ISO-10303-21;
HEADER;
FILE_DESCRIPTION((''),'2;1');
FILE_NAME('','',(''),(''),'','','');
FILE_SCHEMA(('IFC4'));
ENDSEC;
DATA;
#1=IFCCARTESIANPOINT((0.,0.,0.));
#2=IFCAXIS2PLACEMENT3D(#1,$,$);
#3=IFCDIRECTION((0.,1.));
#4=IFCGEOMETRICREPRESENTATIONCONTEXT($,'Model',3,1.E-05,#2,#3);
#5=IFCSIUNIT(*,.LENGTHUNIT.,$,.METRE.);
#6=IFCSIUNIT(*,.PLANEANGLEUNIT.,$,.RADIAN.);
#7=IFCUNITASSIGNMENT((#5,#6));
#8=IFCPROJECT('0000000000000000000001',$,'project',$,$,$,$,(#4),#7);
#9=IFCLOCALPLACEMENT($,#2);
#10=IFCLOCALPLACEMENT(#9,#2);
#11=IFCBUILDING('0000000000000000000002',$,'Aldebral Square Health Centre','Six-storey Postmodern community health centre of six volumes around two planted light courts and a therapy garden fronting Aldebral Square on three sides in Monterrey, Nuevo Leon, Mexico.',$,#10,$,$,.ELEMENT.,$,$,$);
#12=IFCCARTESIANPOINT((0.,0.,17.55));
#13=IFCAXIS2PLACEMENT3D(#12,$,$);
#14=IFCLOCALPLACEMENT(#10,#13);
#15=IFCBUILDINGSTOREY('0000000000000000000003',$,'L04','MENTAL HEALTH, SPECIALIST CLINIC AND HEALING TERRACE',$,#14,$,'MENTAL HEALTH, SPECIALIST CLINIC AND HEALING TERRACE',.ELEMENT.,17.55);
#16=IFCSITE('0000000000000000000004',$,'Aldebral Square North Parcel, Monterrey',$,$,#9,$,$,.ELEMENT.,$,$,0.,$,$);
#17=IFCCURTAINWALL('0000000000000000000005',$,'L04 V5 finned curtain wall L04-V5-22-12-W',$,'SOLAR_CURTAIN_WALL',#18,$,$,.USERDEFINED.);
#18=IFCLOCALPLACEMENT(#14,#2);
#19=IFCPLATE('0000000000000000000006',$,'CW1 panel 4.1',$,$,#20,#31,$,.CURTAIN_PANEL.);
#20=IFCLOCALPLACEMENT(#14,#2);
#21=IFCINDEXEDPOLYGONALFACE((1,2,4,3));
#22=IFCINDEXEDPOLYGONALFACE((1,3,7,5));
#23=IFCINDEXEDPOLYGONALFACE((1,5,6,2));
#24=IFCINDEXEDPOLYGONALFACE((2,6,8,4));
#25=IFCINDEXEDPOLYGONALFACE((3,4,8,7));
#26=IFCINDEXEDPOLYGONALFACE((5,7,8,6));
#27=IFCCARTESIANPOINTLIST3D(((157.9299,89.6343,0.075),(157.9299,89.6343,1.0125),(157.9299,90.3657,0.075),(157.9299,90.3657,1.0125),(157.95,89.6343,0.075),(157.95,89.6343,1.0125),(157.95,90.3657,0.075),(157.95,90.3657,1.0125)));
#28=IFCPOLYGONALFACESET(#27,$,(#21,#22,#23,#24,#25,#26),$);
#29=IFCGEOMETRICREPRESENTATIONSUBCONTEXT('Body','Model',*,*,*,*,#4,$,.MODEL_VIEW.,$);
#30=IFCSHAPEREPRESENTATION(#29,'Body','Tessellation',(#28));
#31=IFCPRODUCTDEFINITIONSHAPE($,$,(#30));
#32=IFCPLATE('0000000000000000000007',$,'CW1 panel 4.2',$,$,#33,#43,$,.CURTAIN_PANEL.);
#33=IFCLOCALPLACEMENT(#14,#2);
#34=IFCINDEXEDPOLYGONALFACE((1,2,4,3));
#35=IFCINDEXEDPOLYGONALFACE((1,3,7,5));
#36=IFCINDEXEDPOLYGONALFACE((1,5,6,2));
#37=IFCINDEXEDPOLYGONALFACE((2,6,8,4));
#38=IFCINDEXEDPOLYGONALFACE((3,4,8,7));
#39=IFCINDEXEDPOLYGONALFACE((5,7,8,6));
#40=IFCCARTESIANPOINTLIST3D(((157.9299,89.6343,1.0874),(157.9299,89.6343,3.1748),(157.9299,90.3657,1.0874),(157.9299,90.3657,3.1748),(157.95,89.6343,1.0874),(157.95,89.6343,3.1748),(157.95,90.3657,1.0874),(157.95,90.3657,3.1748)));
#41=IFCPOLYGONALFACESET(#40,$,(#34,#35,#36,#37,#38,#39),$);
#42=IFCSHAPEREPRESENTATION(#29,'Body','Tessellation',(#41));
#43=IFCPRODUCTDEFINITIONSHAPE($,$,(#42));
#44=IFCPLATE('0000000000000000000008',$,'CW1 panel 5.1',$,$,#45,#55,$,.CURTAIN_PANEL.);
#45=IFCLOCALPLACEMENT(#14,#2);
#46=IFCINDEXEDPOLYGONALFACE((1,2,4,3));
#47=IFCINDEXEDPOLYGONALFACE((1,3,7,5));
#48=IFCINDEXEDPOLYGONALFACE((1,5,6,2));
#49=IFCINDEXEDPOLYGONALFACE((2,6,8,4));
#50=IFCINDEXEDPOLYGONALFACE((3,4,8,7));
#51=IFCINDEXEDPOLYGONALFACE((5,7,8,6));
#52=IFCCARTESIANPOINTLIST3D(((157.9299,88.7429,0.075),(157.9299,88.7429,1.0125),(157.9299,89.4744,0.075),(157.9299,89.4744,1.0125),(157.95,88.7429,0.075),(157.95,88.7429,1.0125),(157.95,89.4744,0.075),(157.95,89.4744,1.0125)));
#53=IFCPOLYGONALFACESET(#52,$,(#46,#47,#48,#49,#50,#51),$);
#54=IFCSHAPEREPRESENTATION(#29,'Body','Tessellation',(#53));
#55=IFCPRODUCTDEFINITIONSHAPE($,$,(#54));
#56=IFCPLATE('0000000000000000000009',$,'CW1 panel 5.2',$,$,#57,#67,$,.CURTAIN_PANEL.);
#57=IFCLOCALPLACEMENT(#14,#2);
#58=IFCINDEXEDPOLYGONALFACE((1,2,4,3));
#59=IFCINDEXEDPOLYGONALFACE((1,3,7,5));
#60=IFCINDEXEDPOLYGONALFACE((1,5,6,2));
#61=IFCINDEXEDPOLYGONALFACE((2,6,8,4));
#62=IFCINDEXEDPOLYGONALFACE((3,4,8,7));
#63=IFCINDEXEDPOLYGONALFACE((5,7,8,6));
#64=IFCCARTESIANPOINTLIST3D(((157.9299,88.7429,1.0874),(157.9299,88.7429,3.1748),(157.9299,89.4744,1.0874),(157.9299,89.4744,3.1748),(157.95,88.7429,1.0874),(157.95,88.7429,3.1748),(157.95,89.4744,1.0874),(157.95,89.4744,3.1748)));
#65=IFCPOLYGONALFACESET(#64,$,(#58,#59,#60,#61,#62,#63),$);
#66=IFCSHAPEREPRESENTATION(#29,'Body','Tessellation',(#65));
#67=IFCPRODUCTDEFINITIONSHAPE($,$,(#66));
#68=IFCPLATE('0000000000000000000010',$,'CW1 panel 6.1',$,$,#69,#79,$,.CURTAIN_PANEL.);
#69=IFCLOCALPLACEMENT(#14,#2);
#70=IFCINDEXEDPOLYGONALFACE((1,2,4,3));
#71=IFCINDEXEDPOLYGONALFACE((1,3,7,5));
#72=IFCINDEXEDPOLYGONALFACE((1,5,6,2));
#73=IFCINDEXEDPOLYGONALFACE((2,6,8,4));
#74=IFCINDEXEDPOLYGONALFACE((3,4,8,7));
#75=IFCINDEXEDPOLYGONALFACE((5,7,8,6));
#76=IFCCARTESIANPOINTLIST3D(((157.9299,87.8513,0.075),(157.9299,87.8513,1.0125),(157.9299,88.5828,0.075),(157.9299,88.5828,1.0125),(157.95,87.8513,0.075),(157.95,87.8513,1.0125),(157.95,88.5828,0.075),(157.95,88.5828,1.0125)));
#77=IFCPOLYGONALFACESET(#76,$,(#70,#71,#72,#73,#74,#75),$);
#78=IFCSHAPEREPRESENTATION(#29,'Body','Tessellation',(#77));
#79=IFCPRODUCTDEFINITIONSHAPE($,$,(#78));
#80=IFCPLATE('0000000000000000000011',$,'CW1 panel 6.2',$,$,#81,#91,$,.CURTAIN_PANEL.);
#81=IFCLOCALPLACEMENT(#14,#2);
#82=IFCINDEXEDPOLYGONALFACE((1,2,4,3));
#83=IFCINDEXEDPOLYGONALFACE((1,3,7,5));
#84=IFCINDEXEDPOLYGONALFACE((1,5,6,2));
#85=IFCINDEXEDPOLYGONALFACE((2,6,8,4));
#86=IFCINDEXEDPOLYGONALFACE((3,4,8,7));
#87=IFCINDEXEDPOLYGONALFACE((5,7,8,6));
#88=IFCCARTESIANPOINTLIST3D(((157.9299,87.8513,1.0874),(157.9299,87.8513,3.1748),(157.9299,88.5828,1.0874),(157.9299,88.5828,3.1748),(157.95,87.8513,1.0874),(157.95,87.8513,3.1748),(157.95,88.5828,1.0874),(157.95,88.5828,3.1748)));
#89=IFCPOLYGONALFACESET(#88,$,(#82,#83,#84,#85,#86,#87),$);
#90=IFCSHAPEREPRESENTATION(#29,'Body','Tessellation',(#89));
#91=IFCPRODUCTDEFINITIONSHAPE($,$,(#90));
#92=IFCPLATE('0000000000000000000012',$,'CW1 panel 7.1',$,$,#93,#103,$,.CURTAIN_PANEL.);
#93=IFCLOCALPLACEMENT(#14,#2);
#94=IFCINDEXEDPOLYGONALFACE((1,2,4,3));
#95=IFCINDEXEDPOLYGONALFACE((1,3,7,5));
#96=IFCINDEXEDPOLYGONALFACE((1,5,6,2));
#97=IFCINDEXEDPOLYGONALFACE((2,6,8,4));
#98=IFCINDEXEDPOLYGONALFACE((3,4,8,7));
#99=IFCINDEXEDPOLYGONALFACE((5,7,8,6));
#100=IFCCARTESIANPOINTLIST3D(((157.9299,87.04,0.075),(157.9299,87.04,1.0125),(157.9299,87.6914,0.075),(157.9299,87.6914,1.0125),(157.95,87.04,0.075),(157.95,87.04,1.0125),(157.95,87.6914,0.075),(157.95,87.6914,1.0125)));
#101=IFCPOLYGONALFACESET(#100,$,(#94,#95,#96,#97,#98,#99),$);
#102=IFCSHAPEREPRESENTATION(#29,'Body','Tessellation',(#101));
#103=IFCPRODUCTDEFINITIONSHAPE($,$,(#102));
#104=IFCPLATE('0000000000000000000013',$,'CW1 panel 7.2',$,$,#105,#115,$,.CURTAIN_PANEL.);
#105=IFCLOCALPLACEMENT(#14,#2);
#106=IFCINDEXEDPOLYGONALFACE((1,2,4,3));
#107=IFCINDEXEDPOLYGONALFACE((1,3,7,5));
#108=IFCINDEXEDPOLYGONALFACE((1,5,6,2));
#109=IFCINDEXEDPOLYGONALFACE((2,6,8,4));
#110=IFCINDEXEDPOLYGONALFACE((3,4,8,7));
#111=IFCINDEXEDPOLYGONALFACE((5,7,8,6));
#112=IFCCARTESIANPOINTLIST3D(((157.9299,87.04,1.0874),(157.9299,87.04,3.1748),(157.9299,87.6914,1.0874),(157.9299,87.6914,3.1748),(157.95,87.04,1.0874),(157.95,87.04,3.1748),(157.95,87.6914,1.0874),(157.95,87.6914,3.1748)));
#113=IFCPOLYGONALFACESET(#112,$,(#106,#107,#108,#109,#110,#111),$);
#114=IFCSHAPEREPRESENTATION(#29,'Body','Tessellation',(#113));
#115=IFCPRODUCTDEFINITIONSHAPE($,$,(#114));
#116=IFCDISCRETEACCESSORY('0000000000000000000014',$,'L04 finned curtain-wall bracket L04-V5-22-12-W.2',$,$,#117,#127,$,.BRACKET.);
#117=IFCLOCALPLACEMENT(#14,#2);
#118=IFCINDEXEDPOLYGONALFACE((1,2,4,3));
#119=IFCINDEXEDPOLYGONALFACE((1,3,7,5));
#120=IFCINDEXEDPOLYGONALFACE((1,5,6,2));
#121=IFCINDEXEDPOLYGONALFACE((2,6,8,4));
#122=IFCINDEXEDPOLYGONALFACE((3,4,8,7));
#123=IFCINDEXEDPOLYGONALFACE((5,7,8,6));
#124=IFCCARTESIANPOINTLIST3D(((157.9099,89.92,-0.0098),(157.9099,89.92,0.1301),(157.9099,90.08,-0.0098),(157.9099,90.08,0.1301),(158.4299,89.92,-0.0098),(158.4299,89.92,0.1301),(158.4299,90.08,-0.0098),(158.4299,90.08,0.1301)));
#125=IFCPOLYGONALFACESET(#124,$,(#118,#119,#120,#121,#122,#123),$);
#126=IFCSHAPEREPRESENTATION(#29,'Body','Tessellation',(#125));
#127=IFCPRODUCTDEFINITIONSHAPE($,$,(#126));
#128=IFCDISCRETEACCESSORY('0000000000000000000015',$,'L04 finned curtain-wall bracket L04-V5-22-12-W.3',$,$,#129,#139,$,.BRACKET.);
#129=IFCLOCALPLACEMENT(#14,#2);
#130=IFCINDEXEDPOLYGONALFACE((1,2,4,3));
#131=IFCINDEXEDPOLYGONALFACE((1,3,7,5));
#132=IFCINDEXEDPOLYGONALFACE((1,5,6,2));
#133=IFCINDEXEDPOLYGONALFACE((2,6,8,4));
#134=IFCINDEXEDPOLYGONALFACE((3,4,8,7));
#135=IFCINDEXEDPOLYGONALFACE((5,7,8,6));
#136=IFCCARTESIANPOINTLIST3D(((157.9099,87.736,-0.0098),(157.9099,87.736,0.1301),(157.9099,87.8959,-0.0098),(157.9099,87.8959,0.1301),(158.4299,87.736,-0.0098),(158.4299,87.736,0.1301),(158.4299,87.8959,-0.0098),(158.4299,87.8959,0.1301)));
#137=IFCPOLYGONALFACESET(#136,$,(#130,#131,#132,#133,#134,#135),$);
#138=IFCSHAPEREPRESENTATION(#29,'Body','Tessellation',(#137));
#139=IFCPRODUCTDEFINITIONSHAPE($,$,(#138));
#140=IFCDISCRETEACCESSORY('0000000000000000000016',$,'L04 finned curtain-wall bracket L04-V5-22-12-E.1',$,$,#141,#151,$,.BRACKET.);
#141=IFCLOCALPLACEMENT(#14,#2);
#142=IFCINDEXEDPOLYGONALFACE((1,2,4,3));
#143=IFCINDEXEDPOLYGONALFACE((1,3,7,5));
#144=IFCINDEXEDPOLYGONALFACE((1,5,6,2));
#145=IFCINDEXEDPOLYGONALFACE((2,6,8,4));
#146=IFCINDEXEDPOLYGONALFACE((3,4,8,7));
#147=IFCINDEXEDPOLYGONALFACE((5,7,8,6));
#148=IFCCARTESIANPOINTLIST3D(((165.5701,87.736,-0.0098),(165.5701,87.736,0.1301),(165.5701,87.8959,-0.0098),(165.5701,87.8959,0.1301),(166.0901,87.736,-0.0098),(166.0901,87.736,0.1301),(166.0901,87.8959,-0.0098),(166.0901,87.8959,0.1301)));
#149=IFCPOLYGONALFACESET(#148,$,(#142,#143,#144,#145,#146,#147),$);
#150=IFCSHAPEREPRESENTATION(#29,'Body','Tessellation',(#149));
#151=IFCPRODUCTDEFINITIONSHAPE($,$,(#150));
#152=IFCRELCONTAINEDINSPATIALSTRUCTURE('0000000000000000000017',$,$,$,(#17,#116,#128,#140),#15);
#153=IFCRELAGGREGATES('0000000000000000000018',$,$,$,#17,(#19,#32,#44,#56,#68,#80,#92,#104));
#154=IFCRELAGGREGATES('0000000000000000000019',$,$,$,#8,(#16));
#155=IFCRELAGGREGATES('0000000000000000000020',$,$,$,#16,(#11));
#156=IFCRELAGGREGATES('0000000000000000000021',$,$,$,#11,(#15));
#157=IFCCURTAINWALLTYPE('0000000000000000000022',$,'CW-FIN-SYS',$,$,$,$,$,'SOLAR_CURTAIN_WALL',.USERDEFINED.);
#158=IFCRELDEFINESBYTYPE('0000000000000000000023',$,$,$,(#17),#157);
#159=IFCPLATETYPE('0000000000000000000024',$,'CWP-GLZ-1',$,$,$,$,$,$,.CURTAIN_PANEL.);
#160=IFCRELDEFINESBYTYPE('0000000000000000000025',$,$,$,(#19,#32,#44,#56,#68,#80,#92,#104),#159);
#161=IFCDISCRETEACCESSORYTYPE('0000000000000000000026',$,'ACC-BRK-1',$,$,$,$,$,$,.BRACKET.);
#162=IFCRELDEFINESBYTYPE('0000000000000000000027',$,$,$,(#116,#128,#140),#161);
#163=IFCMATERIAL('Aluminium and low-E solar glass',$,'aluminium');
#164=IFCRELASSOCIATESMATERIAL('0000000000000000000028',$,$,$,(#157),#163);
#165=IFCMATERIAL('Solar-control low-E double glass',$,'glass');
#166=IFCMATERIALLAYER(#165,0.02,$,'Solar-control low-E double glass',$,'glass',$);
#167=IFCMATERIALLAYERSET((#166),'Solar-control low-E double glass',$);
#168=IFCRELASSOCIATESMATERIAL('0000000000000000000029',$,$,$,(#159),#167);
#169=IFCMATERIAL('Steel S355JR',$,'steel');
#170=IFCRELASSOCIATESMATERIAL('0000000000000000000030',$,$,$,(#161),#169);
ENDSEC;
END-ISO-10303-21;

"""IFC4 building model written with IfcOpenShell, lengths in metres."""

from ifc_helpers import new_model, si_unit, direction, frame, origin, origin_2d, place, context, subcontext, project, spatial, rectangle, extrude, material, layer, layer_set, type_object, element, aggregate, save


model = new_model("IFC4")

# Units and contexts
model_context = context("Model", 3, precision=1e-05, world=origin(), true_north=direction((0.0, 1.0)))
body_context = subcontext(model_context, "Body", "Model", "MODEL_VIEW")
ifc_project = project(units=[si_unit("LENGTHUNIT", "METRE"), si_unit("PLANEANGLEUNIT", "RADIAN")], contexts=[model_context])

# Site, building, storey
site_placement = place(None, origin())
site = spatial("IfcSite", under=ifc_project, at=site_placement, Name="Aldebral Square North Parcel, Monterrey", CompositionType="ELEMENT", RefElevation=0.0)
building_placement = place(site_placement, origin())
building = spatial("IfcBuilding", under=site, at=building_placement, Name="Aldebral Square Health Centre", Description="Six-storey Postmodern community health centre of six volumes around two planted light courts and a therapy garden fronting Aldebral Square on three sides in Monterrey, Nuevo Leon, Mexico.", CompositionType="ELEMENT")
storey_placement = place(building_placement, frame((0.0, 0.0, 17.55)))
storey = spatial("IfcBuildingStorey", under=building, at=storey_placement, Name="L04", Description="MENTAL HEALTH, SPECIALIST CLINIC AND HEALING TERRACE", LongName="MENTAL HEALTH, SPECIALIST CLINIC AND HEALING TERRACE", CompositionType="ELEMENT", Elevation=17.55)

# Curtain wall, plates
ifc_material_1 = material(Name="Aluminium and low-E solar glass", Category="aluminium")
curtain_wall_type = type_object("IfcCurtainWallType", Name="CW-FIN-SYS", ElementType="SOLAR_CURTAIN_WALL", PredefinedType="USERDEFINED", material=ifc_material_1)
curtain_wall_placement = place(storey_placement, origin())
curtain_wall = element("IfcCurtainWall", 1, at=curtain_wall_placement, inside=storey, type_object=curtain_wall_type, Name="L04 V5 finned curtain wall L04-V5-22-12-W", ObjectType="SOLAR_CURTAIN_WALL", PredefinedType="USERDEFINED")
ifc_material_2 = material(Name="Solar-control low-E double glass", Category="glass")
ifc_layer = layer(ifc_material_2, 0.02, Name="Solar-control low-E double glass", Category="glass")
ifc_layer_set = layer_set([ifc_layer], Name="Solar-control low-E double glass")
plate_type = type_object("IfcPlateType", Name="CWP-GLZ-1", PredefinedType="CURTAIN_PANEL", material=ifc_layer_set)
plate_1_placement = place(storey_placement, frame((157.9399, 90.0, 0.075), z_axis=(0.0, 0.0, 1.0), x_axis=(0.0, -1.0, 0.0)))
plate_1 = element("IfcPlate", 2, at=plate_1_placement, type_object=plate_type, Name="CW1 panel 4.1", PredefinedType="CURTAIN_PANEL", context=body_context, shape_type="SweptSolid", body=[
    extrude(rectangle(XDim=0.7314, YDim=0.02, at=origin_2d()), origin(), (0.0, 0.0, 1.0), 0.9375),
])
plate_2_placement = place(storey_placement, frame((157.9399, 90.0, 1.0874), z_axis=(0.0, 0.0, 1.0), x_axis=(0.0, -1.0, 0.0)))
plate_2 = element("IfcPlate", 3, at=plate_2_placement, type_object=plate_type, Name="CW1 panel 4.2", PredefinedType="CURTAIN_PANEL", context=body_context, shape_type="SweptSolid", body=[
    extrude(rectangle(XDim=0.7314, YDim=0.02, at=origin_2d()), origin(), (0.0, 0.0, 1.0), 2.0874),
])
plate_3_placement = place(storey_placement, frame((157.9399, 89.1086, 0.075), z_axis=(0.0, 0.0, 1.0), x_axis=(0.0, -1.0, 0.0)))
plate_3 = element("IfcPlate", 4, at=plate_3_placement, type_object=plate_type, Name="CW1 panel 5.1", PredefinedType="CURTAIN_PANEL", context=body_context, shape_type="SweptSolid", body=[
    extrude(rectangle(XDim=0.7314, YDim=0.02, at=origin_2d()), origin(), (0.0, 0.0, 1.0), 0.9375),
])
plate_4_placement = place(storey_placement, frame((157.9399, 89.1086, 1.0874), z_axis=(0.0, 0.0, 1.0), x_axis=(0.0, -1.0, 0.0)))
plate_4 = element("IfcPlate", 5, at=plate_4_placement, type_object=plate_type, Name="CW1 panel 5.2", PredefinedType="CURTAIN_PANEL", context=body_context, shape_type="SweptSolid", body=[
    extrude(rectangle(XDim=0.7314, YDim=0.02, at=origin_2d()), origin(), (0.0, 0.0, 1.0), 2.0874),
])
plate_5_placement = place(storey_placement, frame((157.9399, 88.217, 0.075), z_axis=(0.0, 0.0, 1.0), x_axis=(0.0, -1.0, 0.0)))
plate_5 = element("IfcPlate", 6, at=plate_5_placement, type_object=plate_type, Name="CW1 panel 6.1", PredefinedType="CURTAIN_PANEL", context=body_context, shape_type="SweptSolid", body=[
    extrude(rectangle(XDim=0.7314, YDim=0.02, at=origin_2d()), origin(), (0.0, 0.0, 1.0), 0.9375),
])
plate_6_placement = place(storey_placement, frame((157.9399, 88.217, 1.0874), z_axis=(0.0, 0.0, 1.0), x_axis=(0.0, -1.0, 0.0)))
plate_6 = element("IfcPlate", 7, at=plate_6_placement, type_object=plate_type, Name="CW1 panel 6.2", PredefinedType="CURTAIN_PANEL", context=body_context, shape_type="SweptSolid", body=[
    extrude(rectangle(XDim=0.7314, YDim=0.02, at=origin_2d()), origin(), (0.0, 0.0, 1.0), 2.0874),
])
plate_7_placement = place(storey_placement, frame((157.9399, 87.3657, 0.075), z_axis=(0.0, 0.0, 1.0), x_axis=(0.0, -1.0, 0.0)))
plate_7 = element("IfcPlate", 8, at=plate_7_placement, type_object=plate_type, Name="CW1 panel 7.1", PredefinedType="CURTAIN_PANEL", context=body_context, shape_type="SweptSolid", body=[
    extrude(rectangle(XDim=0.6514, YDim=0.02, at=origin_2d()), origin(), (0.0, 0.0, 1.0), 0.9375),
])
plate_8_placement = place(storey_placement, frame((157.9399, 87.3657, 1.0874), z_axis=(0.0, 0.0, 1.0), x_axis=(0.0, -1.0, 0.0)))
plate_8 = element("IfcPlate", 9, at=plate_8_placement, type_object=plate_type, Name="CW1 panel 7.2", PredefinedType="CURTAIN_PANEL", context=body_context, shape_type="SweptSolid", body=[
    extrude(rectangle(XDim=0.6514, YDim=0.02, at=origin_2d()), origin(), (0.0, 0.0, 1.0), 2.0874),
])
aggregate(curtain_wall, [plate_1, plate_2, plate_3, plate_4, plate_5, plate_6, plate_7, plate_8])

# Discrete accessories
ifc_material_3 = material(Name="Steel S355JR", Category="steel")
discrete_accessory_type = type_object("IfcDiscreteAccessoryType", Name="ACC-BRK-1", PredefinedType="BRACKET", material=ifc_material_3)
for number, where, z_axis, x_axis, name in (
    (10, (158.1699, 90.0, -0.0098), (0.0, 0.0, 1.0), (0.0, 1.0, 0.0), "L04 finned curtain-wall bracket L04-V5-22-12-W.2"),
    (11, (158.1699, 87.8159, -0.0098), (0.0, 0.0, 1.0), (0.0, 1.0, 0.0), "L04 finned curtain-wall bracket L04-V5-22-12-W.3"),
    (12, (165.8301, 87.8159, -0.0098), (0.0, 0.0, 1.0), (0.0, 1.0, 0.0), "L04 finned curtain-wall bracket L04-V5-22-12-E.1"),
):
    element("IfcDiscreteAccessory", number, at=place(storey_placement, frame(where, z_axis=z_axis, x_axis=x_axis)), inside=storey, type_object=discrete_accessory_type, Name=name, PredefinedType="BRACKET", context=body_context, shape_type="SweptSolid", body=[
        extrude(rectangle(XDim=0.1599, YDim=0.52, at=origin_2d()), origin(), (0.0, 0.0, 1.0), 0.1399),
    ])

save(model, "model.ifc")
